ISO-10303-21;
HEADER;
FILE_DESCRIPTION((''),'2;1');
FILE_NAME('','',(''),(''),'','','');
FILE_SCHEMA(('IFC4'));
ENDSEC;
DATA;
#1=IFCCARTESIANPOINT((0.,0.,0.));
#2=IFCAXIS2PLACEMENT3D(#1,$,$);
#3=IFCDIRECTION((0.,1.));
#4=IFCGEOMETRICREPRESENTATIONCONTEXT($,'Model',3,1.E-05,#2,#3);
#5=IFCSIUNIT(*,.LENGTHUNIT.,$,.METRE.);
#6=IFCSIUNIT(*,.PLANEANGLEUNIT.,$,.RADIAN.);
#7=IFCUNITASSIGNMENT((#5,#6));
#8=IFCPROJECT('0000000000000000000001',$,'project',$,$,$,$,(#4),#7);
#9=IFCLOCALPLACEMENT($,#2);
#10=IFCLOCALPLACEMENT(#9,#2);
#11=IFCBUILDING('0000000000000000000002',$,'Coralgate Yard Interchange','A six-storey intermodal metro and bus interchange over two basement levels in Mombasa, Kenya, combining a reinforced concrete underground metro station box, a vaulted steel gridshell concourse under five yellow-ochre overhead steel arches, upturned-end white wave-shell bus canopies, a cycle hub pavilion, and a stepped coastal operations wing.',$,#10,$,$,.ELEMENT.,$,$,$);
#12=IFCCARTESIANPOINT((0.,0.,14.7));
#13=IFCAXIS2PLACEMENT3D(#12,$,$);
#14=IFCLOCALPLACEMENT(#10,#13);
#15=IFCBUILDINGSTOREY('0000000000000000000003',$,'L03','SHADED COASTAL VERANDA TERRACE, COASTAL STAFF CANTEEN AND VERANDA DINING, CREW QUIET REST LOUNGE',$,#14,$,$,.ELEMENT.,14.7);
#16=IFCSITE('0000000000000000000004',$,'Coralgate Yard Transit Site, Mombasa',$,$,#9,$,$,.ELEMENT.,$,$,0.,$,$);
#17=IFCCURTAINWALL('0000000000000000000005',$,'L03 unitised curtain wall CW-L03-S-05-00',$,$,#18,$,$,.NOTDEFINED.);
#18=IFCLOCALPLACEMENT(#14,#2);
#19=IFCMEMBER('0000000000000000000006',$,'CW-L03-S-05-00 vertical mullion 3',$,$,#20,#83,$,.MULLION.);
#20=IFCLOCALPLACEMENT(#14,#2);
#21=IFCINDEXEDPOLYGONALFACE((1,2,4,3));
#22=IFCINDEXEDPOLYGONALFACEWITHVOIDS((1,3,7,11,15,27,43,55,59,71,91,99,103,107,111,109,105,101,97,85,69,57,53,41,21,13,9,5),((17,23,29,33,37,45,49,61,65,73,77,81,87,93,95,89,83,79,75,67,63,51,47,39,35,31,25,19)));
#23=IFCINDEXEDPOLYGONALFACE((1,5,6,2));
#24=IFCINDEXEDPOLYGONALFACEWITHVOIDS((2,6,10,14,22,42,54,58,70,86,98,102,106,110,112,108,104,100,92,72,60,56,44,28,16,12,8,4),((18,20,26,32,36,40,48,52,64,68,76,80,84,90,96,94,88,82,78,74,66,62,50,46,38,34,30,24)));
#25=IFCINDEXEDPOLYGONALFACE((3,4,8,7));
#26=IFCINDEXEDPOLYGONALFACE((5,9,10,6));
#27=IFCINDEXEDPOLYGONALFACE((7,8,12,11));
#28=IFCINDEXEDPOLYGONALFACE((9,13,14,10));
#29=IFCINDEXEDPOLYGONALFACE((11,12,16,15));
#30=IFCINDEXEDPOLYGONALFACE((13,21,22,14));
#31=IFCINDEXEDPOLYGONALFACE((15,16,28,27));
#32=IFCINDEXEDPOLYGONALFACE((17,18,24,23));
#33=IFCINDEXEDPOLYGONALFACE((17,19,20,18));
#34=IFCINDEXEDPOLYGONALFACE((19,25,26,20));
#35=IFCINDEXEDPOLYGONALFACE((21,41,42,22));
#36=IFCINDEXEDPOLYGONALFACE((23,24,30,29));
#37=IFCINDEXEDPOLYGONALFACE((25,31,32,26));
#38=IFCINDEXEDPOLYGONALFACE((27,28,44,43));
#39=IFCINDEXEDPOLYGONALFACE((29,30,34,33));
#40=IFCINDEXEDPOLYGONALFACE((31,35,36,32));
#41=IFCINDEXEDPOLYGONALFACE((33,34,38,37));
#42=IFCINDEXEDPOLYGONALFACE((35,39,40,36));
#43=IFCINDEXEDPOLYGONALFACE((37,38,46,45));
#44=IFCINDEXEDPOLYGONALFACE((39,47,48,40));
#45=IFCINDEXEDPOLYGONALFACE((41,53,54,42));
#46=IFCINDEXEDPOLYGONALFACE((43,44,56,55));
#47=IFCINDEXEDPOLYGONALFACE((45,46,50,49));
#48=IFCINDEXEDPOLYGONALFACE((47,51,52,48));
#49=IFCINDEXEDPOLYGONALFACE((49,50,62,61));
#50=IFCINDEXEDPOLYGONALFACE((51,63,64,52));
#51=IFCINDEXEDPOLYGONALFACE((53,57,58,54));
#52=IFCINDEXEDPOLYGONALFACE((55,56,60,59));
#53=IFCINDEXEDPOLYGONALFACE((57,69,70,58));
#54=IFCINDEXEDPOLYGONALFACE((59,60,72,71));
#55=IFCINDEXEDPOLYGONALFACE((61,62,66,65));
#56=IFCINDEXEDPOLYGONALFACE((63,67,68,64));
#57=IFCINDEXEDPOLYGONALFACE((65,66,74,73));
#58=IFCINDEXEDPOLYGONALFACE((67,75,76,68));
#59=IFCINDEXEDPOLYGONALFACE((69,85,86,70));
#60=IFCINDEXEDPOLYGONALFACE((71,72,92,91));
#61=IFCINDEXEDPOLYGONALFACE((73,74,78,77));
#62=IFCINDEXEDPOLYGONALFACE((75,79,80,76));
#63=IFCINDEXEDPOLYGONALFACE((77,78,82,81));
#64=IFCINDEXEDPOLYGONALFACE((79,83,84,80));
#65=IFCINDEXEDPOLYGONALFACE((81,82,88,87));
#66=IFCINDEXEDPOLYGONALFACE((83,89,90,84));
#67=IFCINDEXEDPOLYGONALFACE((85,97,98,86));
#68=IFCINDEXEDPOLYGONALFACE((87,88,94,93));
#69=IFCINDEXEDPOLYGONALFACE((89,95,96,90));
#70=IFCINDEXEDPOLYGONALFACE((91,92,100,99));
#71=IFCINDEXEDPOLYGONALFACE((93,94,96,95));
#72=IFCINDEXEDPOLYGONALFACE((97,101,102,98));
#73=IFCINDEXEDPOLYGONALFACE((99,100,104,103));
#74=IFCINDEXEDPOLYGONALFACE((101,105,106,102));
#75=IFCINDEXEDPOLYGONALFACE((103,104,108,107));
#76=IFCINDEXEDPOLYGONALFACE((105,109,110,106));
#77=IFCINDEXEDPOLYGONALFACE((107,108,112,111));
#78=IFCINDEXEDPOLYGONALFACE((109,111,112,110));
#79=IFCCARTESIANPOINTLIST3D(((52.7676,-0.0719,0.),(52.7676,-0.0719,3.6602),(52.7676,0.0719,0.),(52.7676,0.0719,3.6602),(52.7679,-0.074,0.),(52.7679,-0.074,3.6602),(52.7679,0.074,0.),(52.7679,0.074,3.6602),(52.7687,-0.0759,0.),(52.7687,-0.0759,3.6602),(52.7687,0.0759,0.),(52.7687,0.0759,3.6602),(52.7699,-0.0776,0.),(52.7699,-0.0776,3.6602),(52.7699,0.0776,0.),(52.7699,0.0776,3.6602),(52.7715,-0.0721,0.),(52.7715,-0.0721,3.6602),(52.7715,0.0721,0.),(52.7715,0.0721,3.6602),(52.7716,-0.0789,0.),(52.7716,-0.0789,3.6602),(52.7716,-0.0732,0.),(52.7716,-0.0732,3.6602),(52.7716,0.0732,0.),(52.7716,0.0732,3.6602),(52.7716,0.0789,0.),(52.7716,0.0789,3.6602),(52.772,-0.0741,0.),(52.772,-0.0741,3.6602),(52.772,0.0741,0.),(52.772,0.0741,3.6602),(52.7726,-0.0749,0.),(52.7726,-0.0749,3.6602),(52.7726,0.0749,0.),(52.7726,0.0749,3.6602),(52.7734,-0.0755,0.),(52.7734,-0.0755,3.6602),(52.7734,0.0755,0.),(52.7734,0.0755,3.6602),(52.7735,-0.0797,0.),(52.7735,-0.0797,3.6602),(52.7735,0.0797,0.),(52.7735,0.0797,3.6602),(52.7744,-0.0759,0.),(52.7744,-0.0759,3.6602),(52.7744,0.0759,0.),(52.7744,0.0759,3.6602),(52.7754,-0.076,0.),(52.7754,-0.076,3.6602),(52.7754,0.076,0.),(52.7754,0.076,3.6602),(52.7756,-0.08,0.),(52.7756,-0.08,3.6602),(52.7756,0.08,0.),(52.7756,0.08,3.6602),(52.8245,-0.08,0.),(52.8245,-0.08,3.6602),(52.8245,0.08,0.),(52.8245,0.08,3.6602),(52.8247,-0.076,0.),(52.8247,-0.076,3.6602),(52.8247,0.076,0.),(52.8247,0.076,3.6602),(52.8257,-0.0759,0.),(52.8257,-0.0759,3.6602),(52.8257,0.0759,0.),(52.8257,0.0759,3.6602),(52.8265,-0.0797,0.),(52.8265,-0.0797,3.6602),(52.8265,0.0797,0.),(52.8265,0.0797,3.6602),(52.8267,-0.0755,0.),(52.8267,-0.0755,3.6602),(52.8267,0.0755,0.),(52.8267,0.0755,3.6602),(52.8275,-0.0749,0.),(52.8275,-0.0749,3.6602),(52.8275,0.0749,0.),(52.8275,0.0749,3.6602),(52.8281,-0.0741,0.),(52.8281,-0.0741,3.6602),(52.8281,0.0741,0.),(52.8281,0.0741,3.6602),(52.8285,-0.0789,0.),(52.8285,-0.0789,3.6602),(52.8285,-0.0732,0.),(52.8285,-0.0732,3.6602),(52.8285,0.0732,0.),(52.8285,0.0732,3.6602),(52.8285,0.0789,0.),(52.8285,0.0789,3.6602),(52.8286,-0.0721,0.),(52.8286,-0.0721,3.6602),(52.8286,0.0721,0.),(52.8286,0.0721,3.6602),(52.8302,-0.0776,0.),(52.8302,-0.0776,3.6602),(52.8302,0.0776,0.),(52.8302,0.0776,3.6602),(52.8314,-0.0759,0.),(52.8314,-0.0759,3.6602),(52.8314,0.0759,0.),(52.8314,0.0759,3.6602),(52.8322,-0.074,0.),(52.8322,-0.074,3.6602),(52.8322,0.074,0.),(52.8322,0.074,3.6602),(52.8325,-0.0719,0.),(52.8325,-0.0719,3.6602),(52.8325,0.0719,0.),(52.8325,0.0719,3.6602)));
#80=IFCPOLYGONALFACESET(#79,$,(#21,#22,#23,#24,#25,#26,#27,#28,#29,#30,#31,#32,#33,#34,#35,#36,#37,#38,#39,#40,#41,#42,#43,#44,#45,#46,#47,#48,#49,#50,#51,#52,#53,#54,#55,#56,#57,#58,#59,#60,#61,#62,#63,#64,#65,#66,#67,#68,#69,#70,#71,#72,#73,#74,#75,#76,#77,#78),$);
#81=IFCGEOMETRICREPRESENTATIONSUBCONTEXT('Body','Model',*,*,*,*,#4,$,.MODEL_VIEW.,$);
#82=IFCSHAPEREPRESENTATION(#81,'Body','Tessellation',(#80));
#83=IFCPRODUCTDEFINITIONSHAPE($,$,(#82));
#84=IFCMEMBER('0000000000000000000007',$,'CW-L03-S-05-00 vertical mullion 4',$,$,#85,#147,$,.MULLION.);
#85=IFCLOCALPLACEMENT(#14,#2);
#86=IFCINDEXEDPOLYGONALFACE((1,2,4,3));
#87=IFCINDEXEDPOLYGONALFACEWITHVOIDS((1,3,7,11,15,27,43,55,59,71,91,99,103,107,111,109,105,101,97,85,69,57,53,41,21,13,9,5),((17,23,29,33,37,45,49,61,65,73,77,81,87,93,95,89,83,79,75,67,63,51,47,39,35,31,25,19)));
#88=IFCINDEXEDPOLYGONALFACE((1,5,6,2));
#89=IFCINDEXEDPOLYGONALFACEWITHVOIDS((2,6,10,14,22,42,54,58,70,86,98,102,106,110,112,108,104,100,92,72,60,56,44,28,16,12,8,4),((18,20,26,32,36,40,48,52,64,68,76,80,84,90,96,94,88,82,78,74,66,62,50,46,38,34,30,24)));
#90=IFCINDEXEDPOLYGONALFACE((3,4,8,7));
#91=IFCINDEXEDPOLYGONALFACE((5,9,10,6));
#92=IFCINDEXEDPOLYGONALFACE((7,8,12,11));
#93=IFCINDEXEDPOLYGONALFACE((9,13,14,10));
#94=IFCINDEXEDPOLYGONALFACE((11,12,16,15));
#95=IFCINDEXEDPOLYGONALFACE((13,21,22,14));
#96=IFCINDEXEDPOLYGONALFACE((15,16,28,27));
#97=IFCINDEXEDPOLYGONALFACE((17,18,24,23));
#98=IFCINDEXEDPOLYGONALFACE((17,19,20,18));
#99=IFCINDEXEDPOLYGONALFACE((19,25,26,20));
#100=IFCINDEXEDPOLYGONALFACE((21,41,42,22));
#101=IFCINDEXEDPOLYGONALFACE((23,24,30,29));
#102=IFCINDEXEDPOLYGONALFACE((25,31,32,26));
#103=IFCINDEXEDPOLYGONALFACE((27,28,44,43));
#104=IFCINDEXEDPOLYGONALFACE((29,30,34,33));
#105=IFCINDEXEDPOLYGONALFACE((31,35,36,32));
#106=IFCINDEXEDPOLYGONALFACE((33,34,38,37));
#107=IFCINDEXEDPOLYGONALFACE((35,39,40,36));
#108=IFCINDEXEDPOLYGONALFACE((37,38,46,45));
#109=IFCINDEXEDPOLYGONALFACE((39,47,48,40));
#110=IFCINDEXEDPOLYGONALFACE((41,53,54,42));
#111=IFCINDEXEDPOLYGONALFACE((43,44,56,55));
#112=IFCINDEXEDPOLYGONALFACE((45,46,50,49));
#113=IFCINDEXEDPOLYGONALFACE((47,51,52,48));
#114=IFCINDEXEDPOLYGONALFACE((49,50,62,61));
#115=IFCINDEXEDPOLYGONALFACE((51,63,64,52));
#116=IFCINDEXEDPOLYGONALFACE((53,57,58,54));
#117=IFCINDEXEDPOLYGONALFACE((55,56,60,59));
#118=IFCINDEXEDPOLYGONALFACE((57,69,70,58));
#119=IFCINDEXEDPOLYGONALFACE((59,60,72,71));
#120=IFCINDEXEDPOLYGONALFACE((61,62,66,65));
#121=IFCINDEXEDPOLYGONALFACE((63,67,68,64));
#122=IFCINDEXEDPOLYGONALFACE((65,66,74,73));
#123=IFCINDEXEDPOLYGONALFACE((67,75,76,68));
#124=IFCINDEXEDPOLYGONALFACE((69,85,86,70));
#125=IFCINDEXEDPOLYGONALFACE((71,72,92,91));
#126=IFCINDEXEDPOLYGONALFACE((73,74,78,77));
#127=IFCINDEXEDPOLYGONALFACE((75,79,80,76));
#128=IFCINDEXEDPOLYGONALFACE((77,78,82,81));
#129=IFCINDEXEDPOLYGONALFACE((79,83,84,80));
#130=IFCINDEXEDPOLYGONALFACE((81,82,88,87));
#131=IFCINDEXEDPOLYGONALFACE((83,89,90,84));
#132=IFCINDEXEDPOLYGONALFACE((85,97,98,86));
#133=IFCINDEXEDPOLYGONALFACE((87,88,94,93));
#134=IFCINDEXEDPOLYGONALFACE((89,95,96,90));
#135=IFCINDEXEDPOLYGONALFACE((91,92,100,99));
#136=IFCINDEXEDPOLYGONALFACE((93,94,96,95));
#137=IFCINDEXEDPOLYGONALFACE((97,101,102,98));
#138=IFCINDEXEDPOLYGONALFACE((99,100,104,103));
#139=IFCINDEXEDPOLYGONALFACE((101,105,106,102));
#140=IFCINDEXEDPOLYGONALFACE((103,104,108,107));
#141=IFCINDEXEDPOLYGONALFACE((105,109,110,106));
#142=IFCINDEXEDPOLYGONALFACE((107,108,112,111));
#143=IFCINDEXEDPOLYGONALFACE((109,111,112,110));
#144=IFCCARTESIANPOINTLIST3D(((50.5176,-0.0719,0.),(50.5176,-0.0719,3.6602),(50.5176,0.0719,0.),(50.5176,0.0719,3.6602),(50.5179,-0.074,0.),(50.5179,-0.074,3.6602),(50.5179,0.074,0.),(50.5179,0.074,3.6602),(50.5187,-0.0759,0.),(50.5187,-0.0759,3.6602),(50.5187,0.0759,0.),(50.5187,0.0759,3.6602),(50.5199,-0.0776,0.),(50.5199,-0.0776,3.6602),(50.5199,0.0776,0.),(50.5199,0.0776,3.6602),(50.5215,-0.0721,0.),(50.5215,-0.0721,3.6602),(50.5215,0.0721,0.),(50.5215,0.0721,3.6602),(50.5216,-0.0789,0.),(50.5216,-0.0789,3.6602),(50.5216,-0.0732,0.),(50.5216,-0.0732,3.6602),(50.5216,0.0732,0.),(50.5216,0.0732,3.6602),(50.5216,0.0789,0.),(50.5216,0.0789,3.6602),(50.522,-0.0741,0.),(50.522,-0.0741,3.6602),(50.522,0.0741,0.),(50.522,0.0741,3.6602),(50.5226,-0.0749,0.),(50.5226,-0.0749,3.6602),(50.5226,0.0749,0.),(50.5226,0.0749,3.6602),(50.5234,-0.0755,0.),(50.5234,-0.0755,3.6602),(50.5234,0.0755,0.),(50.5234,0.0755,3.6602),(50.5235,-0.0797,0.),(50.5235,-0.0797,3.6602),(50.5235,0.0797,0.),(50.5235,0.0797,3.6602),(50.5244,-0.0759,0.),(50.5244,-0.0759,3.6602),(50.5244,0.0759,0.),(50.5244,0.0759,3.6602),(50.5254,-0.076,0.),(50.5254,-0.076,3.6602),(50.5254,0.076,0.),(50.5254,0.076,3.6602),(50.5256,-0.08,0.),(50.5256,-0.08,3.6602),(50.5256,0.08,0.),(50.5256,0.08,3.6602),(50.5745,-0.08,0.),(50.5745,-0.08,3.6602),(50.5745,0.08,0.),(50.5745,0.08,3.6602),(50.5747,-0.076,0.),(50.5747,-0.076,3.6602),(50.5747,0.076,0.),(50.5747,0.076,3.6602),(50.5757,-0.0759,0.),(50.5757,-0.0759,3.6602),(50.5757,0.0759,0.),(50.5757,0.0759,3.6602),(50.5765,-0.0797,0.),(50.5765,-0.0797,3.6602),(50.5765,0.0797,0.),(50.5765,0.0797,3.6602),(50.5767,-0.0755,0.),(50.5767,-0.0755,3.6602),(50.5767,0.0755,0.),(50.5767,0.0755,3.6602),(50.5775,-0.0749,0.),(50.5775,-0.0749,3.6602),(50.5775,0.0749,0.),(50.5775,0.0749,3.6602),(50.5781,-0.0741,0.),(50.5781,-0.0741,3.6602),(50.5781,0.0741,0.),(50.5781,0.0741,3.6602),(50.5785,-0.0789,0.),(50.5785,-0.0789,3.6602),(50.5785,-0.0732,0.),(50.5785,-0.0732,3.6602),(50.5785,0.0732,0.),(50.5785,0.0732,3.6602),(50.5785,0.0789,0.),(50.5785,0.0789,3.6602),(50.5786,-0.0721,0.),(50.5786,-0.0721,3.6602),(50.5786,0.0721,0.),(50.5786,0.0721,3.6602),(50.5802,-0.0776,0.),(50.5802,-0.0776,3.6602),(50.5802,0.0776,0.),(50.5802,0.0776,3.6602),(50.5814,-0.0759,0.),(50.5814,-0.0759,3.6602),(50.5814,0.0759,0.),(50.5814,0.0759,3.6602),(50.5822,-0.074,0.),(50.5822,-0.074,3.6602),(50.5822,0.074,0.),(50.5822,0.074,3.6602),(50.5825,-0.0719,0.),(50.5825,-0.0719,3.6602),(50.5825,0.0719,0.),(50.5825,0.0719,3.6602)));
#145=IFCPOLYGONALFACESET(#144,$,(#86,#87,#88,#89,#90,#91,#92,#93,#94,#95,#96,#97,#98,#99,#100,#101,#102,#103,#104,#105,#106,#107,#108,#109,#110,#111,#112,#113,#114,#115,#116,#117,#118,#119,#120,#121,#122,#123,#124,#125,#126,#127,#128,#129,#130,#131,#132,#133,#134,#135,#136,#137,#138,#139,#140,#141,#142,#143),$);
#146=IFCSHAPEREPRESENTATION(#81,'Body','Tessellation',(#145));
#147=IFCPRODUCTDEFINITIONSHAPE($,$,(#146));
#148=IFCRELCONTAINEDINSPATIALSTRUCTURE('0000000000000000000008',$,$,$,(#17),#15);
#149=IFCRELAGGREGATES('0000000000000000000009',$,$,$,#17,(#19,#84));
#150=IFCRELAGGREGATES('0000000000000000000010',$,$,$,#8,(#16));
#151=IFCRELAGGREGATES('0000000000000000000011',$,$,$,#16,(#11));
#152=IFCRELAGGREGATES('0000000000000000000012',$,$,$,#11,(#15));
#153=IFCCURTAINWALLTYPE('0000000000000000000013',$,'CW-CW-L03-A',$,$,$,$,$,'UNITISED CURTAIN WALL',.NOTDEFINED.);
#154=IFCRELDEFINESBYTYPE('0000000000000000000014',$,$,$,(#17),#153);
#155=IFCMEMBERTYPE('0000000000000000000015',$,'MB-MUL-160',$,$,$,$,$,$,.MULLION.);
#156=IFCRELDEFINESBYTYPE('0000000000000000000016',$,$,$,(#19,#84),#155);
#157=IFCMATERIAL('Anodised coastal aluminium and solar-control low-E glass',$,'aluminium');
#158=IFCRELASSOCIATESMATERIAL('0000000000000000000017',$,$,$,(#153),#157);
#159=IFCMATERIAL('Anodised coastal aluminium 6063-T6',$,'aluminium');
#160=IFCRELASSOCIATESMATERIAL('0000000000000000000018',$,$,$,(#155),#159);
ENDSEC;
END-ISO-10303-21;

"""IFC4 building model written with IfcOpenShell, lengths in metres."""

from ifc_helpers import new_model, si_unit, direction, frame, origin, origin_2d, place, context, subcontext, project, spatial, hollow_rectangle, extrude, material, material_profile, profile_set, type_object, element, aggregate, save


model = new_model("IFC4")

# Units and contexts
model_context = context("Model", 3, precision=1e-05, world=origin(), true_north=direction((0.0, 1.0)))
body_context = subcontext(model_context, "Body", "Model", "MODEL_VIEW")
ifc_project = project(units=[si_unit("LENGTHUNIT", "METRE"), si_unit("PLANEANGLEUNIT", "RADIAN")], contexts=[model_context])

# Site, building, storey
site_placement = place(None, origin())
site = spatial("IfcSite", under=ifc_project, at=site_placement, Name="Coralgate Yard Transit Site, Mombasa", CompositionType="ELEMENT", RefElevation=0.0)
building_placement = place(site_placement, origin())
building = spatial("IfcBuilding", under=site, at=building_placement, Name="Coralgate Yard Interchange", Description="A six-storey intermodal metro and bus interchange over two basement levels in Mombasa, Kenya, combining a reinforced concrete underground metro station box, a vaulted steel gridshell concourse under five yellow-ochre overhead steel arches, upturned-end white wave-shell bus canopies, a cycle hub pavilion, and a stepped coastal operations wing.", CompositionType="ELEMENT")
storey_placement = place(building_placement, frame((0.0, 0.0, 14.7)))
storey = spatial("IfcBuildingStorey", under=building, at=storey_placement, Name="L03", Description="SHADED COASTAL VERANDA TERRACE, COASTAL STAFF CANTEEN AND VERANDA DINING, CREW QUIET REST LOUNGE", CompositionType="ELEMENT", Elevation=14.7)

# Curtain wall, members
ifc_material_1 = material(Name="Anodised coastal aluminium and solar-control low-E glass", Category="aluminium")
curtain_wall_type = type_object("IfcCurtainWallType", Name="CW-CW-L03-A", ElementType="UNITISED CURTAIN WALL", PredefinedType="NOTDEFINED", material=ifc_material_1)
curtain_wall_placement = place(storey_placement, origin())
curtain_wall = element("IfcCurtainWall", 1, at=curtain_wall_placement, inside=storey, type_object=curtain_wall_type, Name="L03 unitised curtain wall CW-L03-S-05-00", PredefinedType="NOTDEFINED")
ifc_material_2 = material(Name="Anodised coastal aluminium 6063-T6", Category="aluminium")
ifc_material_profile_1 = material_profile(ifc_material_2, hollow_rectangle(XDim=0.0649, YDim=0.1599, WallThickness=0.0039, InnerFilletRadius=0.0039, OuterFilletRadius=0.0081, at=origin_2d()), Name="ALU 65x160x4")
ifc_profile_set_1 = profile_set([ifc_material_profile_1], Name="Anodised coastal aluminium 6063-T6")
member_type_1 = type_object("IfcMemberType", Name="MB-MUL-160", PredefinedType="MULLION", material=ifc_profile_set_1)
member_1_placement = place(storey_placement, frame((52.8, 0.0, 0.0), z_axis=(0.0, 0.0, 1.0), x_axis=(1.0, 0.0, 0.0)))
member_1 = element("IfcMember", 2, at=member_1_placement, type_object=member_type_1, Name="CW-L03-S-05-00 vertical mullion 3", PredefinedType="MULLION", context=body_context, shape_type="SweptSolid", body=[
    extrude(hollow_rectangle(XDim=0.0649, YDim=0.1599, WallThickness=0.0039, InnerFilletRadius=0.0039, OuterFilletRadius=0.0081, at=origin_2d()), origin(), (0.0, 0.0, 1.0), 3.6602),
])
member_2_placement = place(storey_placement, frame((50.55, 0.0, 0.0), z_axis=(0.0, 0.0, 1.0), x_axis=(1.0, 0.0, 0.0)))
member_2 = element("IfcMember", 3, at=member_2_placement, type_object=member_type_1, Name="CW-L03-S-05-00 vertical mullion 4", PredefinedType="MULLION", context=body_context, shape_type="SweptSolid", body=[
    extrude(hollow_rectangle(XDim=0.0649, YDim=0.1599, WallThickness=0.0039, InnerFilletRadius=0.0039, OuterFilletRadius=0.0081, at=origin_2d()), origin(), (0.0, 0.0, 1.0), 3.6602),
])
aggregate(curtain_wall, [member_1, member_2])

save(model, "model.ifc")
